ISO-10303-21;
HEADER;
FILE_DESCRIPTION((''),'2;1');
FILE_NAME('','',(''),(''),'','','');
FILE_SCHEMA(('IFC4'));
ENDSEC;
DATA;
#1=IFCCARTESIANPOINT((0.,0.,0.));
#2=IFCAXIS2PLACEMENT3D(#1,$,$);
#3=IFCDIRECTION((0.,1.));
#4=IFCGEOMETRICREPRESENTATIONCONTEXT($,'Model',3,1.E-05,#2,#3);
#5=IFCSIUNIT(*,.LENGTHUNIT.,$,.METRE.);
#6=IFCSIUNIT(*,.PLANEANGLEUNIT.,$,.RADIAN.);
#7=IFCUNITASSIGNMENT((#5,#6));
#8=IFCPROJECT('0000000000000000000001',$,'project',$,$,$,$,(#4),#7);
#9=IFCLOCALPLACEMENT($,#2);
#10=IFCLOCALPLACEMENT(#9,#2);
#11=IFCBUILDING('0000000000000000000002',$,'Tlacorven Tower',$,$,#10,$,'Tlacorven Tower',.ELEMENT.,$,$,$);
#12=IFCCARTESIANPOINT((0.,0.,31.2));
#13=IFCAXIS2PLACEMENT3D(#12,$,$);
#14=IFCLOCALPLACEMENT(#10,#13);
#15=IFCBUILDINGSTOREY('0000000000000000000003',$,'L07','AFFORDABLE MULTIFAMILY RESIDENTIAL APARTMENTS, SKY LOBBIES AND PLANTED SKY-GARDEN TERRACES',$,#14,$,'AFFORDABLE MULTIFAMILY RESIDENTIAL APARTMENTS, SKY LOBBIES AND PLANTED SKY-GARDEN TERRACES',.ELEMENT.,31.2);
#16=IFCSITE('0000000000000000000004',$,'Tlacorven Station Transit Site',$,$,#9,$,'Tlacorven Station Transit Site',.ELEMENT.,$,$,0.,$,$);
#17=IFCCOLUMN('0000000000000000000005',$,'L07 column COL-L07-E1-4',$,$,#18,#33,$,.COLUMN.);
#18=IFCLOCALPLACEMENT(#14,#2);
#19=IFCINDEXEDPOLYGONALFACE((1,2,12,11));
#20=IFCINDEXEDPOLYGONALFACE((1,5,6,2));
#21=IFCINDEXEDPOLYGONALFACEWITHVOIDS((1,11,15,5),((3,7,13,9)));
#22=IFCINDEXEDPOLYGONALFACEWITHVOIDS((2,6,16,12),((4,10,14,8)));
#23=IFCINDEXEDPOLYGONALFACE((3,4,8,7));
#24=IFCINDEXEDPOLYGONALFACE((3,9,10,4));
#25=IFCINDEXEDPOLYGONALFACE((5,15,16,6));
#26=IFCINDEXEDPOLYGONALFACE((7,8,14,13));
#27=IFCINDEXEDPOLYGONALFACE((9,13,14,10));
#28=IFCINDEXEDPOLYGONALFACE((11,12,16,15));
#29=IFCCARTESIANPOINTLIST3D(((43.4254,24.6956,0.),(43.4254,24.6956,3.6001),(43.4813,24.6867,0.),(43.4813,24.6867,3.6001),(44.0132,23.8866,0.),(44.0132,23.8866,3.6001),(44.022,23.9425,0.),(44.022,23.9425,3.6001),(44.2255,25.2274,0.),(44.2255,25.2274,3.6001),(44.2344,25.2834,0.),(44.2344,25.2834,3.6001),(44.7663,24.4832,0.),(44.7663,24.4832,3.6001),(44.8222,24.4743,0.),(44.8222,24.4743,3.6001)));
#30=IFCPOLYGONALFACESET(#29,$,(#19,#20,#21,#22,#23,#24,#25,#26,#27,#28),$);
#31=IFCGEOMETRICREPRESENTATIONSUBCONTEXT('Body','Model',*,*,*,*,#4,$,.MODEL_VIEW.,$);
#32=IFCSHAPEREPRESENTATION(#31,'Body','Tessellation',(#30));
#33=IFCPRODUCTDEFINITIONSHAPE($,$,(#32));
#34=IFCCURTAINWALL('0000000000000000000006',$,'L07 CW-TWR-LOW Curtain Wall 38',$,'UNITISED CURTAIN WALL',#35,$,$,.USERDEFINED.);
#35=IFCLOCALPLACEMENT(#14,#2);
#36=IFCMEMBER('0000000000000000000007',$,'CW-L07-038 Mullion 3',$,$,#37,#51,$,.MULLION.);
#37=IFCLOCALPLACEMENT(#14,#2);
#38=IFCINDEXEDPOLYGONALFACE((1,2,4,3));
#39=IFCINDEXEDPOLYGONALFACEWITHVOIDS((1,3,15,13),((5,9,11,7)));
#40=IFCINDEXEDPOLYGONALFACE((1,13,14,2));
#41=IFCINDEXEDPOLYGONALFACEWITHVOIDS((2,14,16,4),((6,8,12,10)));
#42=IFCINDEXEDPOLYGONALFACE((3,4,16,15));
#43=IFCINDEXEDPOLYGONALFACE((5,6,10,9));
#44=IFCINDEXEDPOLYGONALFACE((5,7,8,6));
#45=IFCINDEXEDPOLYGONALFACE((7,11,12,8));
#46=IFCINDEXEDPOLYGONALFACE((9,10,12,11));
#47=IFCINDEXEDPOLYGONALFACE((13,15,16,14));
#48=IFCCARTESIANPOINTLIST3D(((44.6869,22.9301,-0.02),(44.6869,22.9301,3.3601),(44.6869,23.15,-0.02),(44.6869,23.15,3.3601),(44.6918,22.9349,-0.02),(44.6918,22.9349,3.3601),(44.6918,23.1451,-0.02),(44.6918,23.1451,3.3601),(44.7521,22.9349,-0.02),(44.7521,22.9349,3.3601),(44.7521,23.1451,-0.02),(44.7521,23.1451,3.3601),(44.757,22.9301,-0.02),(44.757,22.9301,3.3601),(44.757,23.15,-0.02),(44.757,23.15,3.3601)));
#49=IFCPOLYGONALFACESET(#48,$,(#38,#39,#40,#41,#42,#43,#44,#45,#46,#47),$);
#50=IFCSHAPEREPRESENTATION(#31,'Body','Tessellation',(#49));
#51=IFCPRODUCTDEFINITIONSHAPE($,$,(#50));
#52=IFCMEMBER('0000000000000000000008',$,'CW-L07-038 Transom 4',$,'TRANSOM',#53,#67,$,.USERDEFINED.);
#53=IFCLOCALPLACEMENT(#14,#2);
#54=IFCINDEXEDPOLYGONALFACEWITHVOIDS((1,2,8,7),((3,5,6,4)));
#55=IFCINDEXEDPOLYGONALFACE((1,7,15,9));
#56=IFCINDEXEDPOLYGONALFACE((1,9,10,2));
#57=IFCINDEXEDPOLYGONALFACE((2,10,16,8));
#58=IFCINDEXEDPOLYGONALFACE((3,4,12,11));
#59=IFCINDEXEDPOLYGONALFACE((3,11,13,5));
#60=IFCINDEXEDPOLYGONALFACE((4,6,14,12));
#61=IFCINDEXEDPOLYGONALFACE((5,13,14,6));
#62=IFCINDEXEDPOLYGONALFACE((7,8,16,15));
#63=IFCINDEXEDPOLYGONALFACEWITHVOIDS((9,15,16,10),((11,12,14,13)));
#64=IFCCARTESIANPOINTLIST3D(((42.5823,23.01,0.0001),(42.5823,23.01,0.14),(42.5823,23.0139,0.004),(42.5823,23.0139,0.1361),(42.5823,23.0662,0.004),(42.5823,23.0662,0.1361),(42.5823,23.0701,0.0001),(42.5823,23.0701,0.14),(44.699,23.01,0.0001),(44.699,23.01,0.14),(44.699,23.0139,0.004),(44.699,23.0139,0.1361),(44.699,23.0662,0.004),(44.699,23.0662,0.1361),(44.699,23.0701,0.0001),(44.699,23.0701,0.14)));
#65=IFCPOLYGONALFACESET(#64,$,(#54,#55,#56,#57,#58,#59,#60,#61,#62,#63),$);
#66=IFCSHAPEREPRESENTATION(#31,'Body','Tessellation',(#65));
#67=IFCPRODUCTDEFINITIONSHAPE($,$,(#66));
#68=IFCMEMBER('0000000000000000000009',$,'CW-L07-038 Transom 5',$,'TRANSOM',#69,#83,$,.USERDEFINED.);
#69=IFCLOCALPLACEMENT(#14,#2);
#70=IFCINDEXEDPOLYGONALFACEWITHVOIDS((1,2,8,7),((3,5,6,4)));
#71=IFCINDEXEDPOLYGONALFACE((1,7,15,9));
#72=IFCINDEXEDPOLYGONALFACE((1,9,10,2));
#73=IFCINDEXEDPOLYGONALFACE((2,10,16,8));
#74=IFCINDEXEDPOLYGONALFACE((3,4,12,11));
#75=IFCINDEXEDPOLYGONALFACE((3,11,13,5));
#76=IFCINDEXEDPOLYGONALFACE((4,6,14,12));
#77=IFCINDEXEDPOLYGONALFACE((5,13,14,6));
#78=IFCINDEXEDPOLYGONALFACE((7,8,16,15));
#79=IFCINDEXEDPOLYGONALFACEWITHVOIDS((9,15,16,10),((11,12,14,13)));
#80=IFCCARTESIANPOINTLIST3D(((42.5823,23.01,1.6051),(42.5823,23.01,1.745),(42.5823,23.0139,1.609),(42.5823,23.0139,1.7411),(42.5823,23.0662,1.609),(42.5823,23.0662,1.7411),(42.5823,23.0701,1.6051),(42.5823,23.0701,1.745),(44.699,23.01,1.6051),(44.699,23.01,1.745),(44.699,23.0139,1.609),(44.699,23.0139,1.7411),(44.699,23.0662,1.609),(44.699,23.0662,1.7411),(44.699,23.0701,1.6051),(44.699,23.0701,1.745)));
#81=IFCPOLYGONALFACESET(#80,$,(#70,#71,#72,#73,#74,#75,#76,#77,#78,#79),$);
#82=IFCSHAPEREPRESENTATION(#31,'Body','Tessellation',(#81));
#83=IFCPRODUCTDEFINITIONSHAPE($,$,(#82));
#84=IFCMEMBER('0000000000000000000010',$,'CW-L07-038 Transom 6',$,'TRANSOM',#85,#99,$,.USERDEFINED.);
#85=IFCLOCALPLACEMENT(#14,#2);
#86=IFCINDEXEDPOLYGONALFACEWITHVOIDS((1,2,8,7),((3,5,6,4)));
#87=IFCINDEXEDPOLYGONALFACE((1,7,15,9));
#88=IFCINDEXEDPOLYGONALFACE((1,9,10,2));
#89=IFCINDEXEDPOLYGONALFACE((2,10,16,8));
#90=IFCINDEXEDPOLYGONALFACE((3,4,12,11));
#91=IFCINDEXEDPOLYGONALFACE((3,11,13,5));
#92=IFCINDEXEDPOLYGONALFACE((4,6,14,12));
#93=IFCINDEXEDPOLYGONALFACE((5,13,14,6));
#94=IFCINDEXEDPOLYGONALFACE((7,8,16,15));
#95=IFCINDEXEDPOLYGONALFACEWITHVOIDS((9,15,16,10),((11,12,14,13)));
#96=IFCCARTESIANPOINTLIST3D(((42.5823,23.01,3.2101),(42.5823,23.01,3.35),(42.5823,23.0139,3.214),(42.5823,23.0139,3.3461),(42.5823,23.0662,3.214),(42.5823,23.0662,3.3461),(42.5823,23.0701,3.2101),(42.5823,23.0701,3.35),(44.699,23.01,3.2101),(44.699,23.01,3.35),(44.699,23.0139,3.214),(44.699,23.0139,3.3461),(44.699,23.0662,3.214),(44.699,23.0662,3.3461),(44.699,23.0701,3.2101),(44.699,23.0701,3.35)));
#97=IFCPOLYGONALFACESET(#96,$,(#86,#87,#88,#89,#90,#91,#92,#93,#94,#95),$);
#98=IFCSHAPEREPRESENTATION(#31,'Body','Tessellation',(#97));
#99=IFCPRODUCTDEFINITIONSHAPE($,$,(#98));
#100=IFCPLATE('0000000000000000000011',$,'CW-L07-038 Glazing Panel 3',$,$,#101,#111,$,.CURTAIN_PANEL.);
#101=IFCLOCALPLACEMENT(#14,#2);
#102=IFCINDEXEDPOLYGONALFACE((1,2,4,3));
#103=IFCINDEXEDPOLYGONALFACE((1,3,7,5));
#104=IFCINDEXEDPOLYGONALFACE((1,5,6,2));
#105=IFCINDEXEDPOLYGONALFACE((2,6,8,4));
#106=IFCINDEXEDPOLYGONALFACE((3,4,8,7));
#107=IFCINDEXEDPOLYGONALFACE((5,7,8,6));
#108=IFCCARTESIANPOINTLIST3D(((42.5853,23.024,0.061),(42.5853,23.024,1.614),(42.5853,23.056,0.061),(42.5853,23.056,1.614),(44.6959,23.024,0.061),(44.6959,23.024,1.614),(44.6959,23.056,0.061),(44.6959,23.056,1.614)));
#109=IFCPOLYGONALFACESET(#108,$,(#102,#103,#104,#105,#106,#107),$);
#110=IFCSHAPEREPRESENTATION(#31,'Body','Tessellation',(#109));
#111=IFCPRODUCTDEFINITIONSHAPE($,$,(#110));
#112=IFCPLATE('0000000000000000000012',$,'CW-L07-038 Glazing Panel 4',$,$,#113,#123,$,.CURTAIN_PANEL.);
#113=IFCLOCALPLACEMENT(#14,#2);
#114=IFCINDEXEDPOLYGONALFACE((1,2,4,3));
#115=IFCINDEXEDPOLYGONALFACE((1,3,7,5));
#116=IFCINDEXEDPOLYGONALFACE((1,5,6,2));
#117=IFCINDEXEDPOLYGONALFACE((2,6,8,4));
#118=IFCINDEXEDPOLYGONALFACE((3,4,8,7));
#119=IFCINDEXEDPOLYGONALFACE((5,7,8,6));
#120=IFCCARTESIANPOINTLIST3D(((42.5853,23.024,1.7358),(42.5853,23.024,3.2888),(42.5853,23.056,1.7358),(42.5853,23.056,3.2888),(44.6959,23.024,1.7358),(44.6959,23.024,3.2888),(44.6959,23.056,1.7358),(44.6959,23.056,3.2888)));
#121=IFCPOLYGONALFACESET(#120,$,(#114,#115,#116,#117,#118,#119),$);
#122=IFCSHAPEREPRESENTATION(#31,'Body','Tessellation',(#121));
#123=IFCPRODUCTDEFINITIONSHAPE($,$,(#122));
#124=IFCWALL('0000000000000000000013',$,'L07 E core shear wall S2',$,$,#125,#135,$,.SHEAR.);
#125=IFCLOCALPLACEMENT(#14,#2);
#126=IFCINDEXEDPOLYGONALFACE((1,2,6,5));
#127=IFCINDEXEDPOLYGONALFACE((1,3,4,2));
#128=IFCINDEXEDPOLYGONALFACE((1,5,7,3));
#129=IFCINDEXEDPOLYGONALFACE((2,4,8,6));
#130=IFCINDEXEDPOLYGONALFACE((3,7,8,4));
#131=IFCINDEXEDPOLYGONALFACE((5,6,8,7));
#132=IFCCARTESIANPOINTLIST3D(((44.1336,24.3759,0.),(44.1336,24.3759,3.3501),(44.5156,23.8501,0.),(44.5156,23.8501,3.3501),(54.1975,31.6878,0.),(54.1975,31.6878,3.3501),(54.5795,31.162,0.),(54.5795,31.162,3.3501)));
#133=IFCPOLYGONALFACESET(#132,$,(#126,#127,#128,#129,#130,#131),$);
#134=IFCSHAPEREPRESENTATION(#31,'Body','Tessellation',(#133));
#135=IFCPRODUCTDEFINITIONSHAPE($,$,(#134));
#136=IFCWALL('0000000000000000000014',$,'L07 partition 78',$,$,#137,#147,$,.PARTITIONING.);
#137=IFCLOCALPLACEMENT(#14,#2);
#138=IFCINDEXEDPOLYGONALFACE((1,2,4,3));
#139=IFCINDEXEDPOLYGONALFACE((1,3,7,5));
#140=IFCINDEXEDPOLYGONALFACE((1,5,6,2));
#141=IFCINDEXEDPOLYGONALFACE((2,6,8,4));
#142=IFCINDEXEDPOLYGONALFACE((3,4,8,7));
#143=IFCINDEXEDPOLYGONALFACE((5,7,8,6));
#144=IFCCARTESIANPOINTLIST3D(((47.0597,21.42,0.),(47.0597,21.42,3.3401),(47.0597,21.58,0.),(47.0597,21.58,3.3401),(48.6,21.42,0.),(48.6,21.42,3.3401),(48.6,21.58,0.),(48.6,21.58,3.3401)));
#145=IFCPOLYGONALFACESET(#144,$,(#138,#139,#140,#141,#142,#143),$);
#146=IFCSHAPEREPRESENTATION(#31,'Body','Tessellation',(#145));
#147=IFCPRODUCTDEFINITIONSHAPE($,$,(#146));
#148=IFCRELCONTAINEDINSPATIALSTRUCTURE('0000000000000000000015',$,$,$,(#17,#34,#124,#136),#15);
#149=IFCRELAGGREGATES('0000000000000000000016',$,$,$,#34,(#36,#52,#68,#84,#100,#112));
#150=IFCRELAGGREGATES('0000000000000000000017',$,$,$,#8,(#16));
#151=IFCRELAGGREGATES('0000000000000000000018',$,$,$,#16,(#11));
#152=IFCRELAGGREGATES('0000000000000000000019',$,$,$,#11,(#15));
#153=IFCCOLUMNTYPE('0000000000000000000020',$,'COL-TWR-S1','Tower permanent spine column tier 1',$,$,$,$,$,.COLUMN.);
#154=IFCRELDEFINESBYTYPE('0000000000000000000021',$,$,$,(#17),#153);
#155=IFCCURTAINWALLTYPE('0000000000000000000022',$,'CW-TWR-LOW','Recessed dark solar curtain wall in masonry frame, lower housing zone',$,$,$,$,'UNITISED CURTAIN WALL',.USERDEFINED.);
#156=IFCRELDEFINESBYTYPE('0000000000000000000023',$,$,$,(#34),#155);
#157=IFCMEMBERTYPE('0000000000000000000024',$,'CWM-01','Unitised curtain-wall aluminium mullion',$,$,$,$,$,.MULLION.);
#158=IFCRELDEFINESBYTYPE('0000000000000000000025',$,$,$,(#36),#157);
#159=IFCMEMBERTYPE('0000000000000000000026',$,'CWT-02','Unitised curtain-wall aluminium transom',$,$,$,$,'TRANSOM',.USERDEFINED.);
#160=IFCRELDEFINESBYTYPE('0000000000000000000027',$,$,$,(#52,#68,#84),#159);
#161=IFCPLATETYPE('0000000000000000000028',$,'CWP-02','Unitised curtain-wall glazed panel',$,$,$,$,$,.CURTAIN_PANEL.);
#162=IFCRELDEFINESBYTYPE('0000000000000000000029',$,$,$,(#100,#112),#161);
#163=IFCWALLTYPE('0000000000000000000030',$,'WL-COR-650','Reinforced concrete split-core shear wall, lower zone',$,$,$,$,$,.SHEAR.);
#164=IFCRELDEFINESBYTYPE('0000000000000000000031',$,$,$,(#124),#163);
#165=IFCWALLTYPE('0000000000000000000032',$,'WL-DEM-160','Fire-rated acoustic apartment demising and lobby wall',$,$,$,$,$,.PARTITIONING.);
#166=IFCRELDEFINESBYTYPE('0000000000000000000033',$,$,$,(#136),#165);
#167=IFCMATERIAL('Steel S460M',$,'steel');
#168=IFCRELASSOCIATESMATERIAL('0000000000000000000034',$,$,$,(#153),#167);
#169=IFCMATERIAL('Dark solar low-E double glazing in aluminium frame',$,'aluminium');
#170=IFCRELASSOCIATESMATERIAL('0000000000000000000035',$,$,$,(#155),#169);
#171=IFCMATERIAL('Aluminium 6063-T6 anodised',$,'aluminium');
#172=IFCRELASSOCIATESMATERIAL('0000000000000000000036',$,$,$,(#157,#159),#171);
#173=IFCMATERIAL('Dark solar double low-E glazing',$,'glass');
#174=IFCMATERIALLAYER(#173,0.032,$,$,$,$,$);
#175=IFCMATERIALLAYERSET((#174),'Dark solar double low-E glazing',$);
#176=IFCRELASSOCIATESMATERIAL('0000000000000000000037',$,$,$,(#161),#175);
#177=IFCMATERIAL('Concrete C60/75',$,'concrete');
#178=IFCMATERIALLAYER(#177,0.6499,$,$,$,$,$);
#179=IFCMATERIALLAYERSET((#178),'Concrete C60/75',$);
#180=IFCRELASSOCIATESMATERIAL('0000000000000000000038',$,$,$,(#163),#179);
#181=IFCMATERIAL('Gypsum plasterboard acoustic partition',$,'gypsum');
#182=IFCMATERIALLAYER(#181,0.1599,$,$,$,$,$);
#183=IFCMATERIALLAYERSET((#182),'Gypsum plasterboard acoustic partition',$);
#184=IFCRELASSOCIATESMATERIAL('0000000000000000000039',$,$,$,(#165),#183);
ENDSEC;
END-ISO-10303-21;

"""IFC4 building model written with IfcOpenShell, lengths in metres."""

from ifc_helpers import new_model, si_unit, direction, frame, frame_2d, origin, origin_2d, place, context, subcontext, project, spatial, rectangle, hollow_rectangle, extrude, source, transform, mapped, material, layer, layer_set, material_profile, profile_set, type_object, element, aggregate, save


model = new_model("IFC4")

# Units and contexts
model_context = context("Model", 3, precision=1e-05, world=origin(), true_north=direction((0.0, 1.0)))
body_context = subcontext(model_context, "Body", "Model", "MODEL_VIEW")
ifc_project = project(units=[si_unit("LENGTHUNIT", "METRE"), si_unit("PLANEANGLEUNIT", "RADIAN")], contexts=[model_context])

# Site, building, storey
site_placement = place(None, origin())
site = spatial("IfcSite", under=ifc_project, at=site_placement, Name="Tlacorven Station Transit Site", LongName="Tlacorven Station Transit Site", CompositionType="ELEMENT", RefElevation=0.0)
building_placement = place(site_placement, origin())
building = spatial("IfcBuilding", under=site, at=building_placement, Name="Tlacorven Tower", LongName="Tlacorven Tower", CompositionType="ELEMENT")
storey_placement = place(building_placement, frame((0.0, 0.0, 31.2)))
storey = spatial("IfcBuildingStorey", under=building, at=storey_placement, Name="L07", Description="AFFORDABLE MULTIFAMILY RESIDENTIAL APARTMENTS, SKY LOBBIES AND PLANTED SKY-GARDEN TERRACES", LongName="AFFORDABLE MULTIFAMILY RESIDENTIAL APARTMENTS, SKY LOBBIES AND PLANTED SKY-GARDEN TERRACES", CompositionType="ELEMENT", Elevation=31.2)

# Column
ifc_material_1 = material(Name="Steel S460M", Category="steel")
ifc_material_profile_1 = material_profile(ifc_material_1, hollow_rectangle(XDim=1.0, YDim=1.0, WallThickness=0.04, at=origin_2d()), Name="BOX 1000X1000X40")
ifc_profile_set_1 = profile_set([ifc_material_profile_1], Name="Steel S460M")
column_type = type_object("IfcColumnType", Name="COL-TWR-S1", Description="Tower permanent spine column tier 1", PredefinedType="COLUMN", material=ifc_profile_set_1)
shared_shape_1 = source(origin(), body_context, "Body", "SweptSolid", [
    extrude(hollow_rectangle(XDim=1.0, YDim=1.0, WallThickness=0.04, at=origin_2d()), origin(), (0.0, 0.0, 1.0), 3.6001),
])
column_placement = place(storey_placement, frame((44.1238, 24.585, 0.0), z_axis=(0.0, 0.0, 1.0), x_axis=(0.809017, 0.587785, 0.0)))
element("IfcColumn", 1, at=column_placement, inside=storey, type_object=column_type, Name="L07 column COL-L07-E1-4", PredefinedType="COLUMN", context=body_context, shape_type="MappedRepresentation", body=[
    mapped(shared_shape_1, transform((0.0, 0.0, 0.0), scale=1.0)),
])

# Curtain wall, members, plates
ifc_material_2 = material(Name="Dark solar low-E double glazing in aluminium frame", Category="aluminium")
curtain_wall_type = type_object("IfcCurtainWallType", Name="CW-TWR-LOW", Description="Recessed dark solar curtain wall in masonry frame, lower housing zone", ElementType="UNITISED CURTAIN WALL", PredefinedType="USERDEFINED", material=ifc_material_2)
curtain_wall_placement = place(storey_placement, origin())
curtain_wall = element("IfcCurtainWall", 2, at=curtain_wall_placement, inside=storey, type_object=curtain_wall_type, Name="L07 CW-TWR-LOW Curtain Wall 38", ObjectType="UNITISED CURTAIN WALL", PredefinedType="USERDEFINED")
ifc_material_3 = material(Name="Aluminium 6063-T6 anodised", Category="aluminium")
ifc_material_profile_2 = material_profile(ifc_material_3, hollow_rectangle(XDim=0.0701, YDim=0.22, WallThickness=0.0049, at=origin_2d()), Name="ALU MULLION 70X220")
ifc_profile_set_2 = profile_set([ifc_material_profile_2], Name="Aluminium 6063-T6 anodised")
member_type_1 = type_object("IfcMemberType", Name="CWM-01", Description="Unitised curtain-wall aluminium mullion", PredefinedType="MULLION", material=ifc_profile_set_2)
shared_shape_2 = source(origin(), body_context, "Body", "SweptSolid", [
    extrude(hollow_rectangle(XDim=0.0701, YDim=0.22, WallThickness=0.0049, at=origin_2d()), origin(), (0.0, 0.0, 1.0), 3.3801),
])
member_1_placement = place(storey_placement, frame((44.7219, 23.04, -0.02), z_axis=(0.0, 0.0, 1.0), x_axis=(1.0, 0.0, 0.0)))
member_1 = element("IfcMember", 3, at=member_1_placement, type_object=member_type_1, Name="CW-L07-038 Mullion 3", PredefinedType="MULLION", context=body_context, shape_type="MappedRepresentation", body=[
    mapped(shared_shape_2, transform((0.0, 0.0, 0.0), scale=1.0)),
])
ifc_material_profile_3 = material_profile(ifc_material_3, hollow_rectangle(XDim=0.0601, YDim=0.1399, WallThickness=0.0039, at=origin_2d()), Name="ALU TRANSOM 60X140")
ifc_profile_set_3 = profile_set([ifc_material_profile_3], Name="Aluminium 6063-T6 anodised")
member_type_2 = type_object("IfcMemberType", Name="CWT-02", Description="Unitised curtain-wall aluminium transom", ElementType="TRANSOM", PredefinedType="USERDEFINED", material=ifc_profile_set_3)
shared_shape_3 = source(origin(), body_context, "Body", "SweptSolid", [
    extrude(hollow_rectangle(XDim=0.0601, YDim=0.1399, WallThickness=0.0039, at=origin_2d()), origin(), (0.0, 0.0, 1.0), 2.1167),
])
member_2_placement = place(storey_placement, frame((42.5823, 23.04, 0.0701), z_axis=(1.0, 0.0, 0.0), x_axis=(0.0, 1.0, 0.0)))
member_2 = element("IfcMember", 4, at=member_2_placement, type_object=member_type_2, Name="CW-L07-038 Transom 4", ObjectType="TRANSOM", PredefinedType="USERDEFINED", context=body_context, shape_type="MappedRepresentation", body=[
    mapped(shared_shape_3, transform((0.0, 0.0, 0.0), scale=1.0)),
])
member_3_placement = place(storey_placement, frame((42.5823, 23.04, 1.675), z_axis=(1.0, 0.0, 0.0), x_axis=(0.0, 1.0, 0.0)))
member_3 = element("IfcMember", 5, at=member_3_placement, type_object=member_type_2, Name="CW-L07-038 Transom 5", ObjectType="TRANSOM", PredefinedType="USERDEFINED", context=body_context, shape_type="MappedRepresentation", body=[
    mapped(shared_shape_3, transform((0.0, 0.0, 0.0), scale=1.0)),
])
member_4_placement = place(storey_placement, frame((42.5823, 23.04, 3.28), z_axis=(1.0, 0.0, 0.0), x_axis=(0.0, 1.0, 0.0)))
member_4 = element("IfcMember", 6, at=member_4_placement, type_object=member_type_2, Name="CW-L07-038 Transom 6", ObjectType="TRANSOM", PredefinedType="USERDEFINED", context=body_context, shape_type="MappedRepresentation", body=[
    mapped(shared_shape_3, transform((0.0, 0.0, 0.0), scale=1.0)),
])
ifc_material_4 = material(Name="Dark solar double low-E glazing", Category="glass")
ifc_layer_1 = layer(ifc_material_4, 0.032)
ifc_layer_set_1 = layer_set([ifc_layer_1], Name="Dark solar double low-E glazing")
plate_type = type_object("IfcPlateType", Name="CWP-02", Description="Unitised curtain-wall glazed panel", PredefinedType="CURTAIN_PANEL", material=ifc_layer_set_1)
shared_shape_4 = source(origin(), body_context, "Body", "SweptSolid", [
    extrude(rectangle(XDim=2.1106, YDim=0.032, at=origin_2d()), origin(), (0.0, 0.0, 1.0), 1.553),
])
plate_1_placement = place(storey_placement, frame((43.6406, 23.04, 0.061), z_axis=(0.0, 0.0, 1.0), x_axis=(1.0, 0.0, 0.0)))
plate_1 = element("IfcPlate", 7, at=plate_1_placement, type_object=plate_type, Name="CW-L07-038 Glazing Panel 3", PredefinedType="CURTAIN_PANEL", context=body_context, shape_type="MappedRepresentation", body=[
    mapped(shared_shape_4, transform((0.0, 0.0, 0.0), scale=1.0)),
])
plate_2_placement = place(storey_placement, frame((43.6406, 23.04, 1.7358), z_axis=(0.0, 0.0, 1.0), x_axis=(1.0, 0.0, 0.0)))
plate_2 = element("IfcPlate", 8, at=plate_2_placement, type_object=plate_type, Name="CW-L07-038 Glazing Panel 4", PredefinedType="CURTAIN_PANEL", context=body_context, shape_type="MappedRepresentation", body=[
    mapped(shared_shape_4, transform((0.0, 0.0, 0.0), scale=1.0)),
])
aggregate(curtain_wall, [member_1, member_2, member_3, member_4, plate_1, plate_2])

# Walls
ifc_material_5 = material(Name="Concrete C60/75", Category="concrete")
ifc_layer_2 = layer(ifc_material_5, 0.6499)
ifc_layer_set_2 = layer_set([ifc_layer_2], Name="Concrete C60/75")
wall_type_1 = type_object("IfcWallType", Name="WL-COR-650", Description="Reinforced concrete split-core shear wall, lower zone", PredefinedType="SHEAR", material=ifc_layer_set_2)
wall_1_placement = place(storey_placement, frame((44.3247, 24.113, 0.0), z_axis=(0.0, 0.0, 1.0), x_axis=(0.809013, 0.587791, 0.0)))
element("IfcWall", 9, at=wall_1_placement, inside=storey, type_object=wall_type_1, Name="L07 E core shear wall S2", PredefinedType="SHEAR", context=body_context, shape_type="SweptSolid", body=[
    extrude(rectangle(XDim=12.4397, YDim=0.6499, at=frame_2d((6.2197, 0.0))), origin(), (0.0, 0.0, 1.0), 3.3501),
])
ifc_material_6 = material(Name="Gypsum plasterboard acoustic partition", Category="gypsum")
ifc_layer_3 = layer(ifc_material_6, 0.1599)
ifc_layer_set_3 = layer_set([ifc_layer_3], Name="Gypsum plasterboard acoustic partition")
wall_type_2 = type_object("IfcWallType", Name="WL-DEM-160", Description="Fire-rated acoustic apartment demising and lobby wall", PredefinedType="PARTITIONING", material=ifc_layer_set_3)
wall_2_placement = place(storey_placement, frame((47.0598, 21.5, 0.0), z_axis=(0.0, 0.0, 1.0), x_axis=(1.0, 0.0, 0.0)))
element("IfcWall", 10, at=wall_2_placement, inside=storey, type_object=wall_type_2, Name="L07 partition 78", PredefinedType="PARTITIONING", context=body_context, shape_type="SweptSolid", body=[
    extrude(rectangle(XDim=1.5403, YDim=0.1599, at=frame_2d((0.77, 0.0))), origin(), (0.0, 0.0, 1.0), 3.3401),
])

save(model, "model.ifc")
